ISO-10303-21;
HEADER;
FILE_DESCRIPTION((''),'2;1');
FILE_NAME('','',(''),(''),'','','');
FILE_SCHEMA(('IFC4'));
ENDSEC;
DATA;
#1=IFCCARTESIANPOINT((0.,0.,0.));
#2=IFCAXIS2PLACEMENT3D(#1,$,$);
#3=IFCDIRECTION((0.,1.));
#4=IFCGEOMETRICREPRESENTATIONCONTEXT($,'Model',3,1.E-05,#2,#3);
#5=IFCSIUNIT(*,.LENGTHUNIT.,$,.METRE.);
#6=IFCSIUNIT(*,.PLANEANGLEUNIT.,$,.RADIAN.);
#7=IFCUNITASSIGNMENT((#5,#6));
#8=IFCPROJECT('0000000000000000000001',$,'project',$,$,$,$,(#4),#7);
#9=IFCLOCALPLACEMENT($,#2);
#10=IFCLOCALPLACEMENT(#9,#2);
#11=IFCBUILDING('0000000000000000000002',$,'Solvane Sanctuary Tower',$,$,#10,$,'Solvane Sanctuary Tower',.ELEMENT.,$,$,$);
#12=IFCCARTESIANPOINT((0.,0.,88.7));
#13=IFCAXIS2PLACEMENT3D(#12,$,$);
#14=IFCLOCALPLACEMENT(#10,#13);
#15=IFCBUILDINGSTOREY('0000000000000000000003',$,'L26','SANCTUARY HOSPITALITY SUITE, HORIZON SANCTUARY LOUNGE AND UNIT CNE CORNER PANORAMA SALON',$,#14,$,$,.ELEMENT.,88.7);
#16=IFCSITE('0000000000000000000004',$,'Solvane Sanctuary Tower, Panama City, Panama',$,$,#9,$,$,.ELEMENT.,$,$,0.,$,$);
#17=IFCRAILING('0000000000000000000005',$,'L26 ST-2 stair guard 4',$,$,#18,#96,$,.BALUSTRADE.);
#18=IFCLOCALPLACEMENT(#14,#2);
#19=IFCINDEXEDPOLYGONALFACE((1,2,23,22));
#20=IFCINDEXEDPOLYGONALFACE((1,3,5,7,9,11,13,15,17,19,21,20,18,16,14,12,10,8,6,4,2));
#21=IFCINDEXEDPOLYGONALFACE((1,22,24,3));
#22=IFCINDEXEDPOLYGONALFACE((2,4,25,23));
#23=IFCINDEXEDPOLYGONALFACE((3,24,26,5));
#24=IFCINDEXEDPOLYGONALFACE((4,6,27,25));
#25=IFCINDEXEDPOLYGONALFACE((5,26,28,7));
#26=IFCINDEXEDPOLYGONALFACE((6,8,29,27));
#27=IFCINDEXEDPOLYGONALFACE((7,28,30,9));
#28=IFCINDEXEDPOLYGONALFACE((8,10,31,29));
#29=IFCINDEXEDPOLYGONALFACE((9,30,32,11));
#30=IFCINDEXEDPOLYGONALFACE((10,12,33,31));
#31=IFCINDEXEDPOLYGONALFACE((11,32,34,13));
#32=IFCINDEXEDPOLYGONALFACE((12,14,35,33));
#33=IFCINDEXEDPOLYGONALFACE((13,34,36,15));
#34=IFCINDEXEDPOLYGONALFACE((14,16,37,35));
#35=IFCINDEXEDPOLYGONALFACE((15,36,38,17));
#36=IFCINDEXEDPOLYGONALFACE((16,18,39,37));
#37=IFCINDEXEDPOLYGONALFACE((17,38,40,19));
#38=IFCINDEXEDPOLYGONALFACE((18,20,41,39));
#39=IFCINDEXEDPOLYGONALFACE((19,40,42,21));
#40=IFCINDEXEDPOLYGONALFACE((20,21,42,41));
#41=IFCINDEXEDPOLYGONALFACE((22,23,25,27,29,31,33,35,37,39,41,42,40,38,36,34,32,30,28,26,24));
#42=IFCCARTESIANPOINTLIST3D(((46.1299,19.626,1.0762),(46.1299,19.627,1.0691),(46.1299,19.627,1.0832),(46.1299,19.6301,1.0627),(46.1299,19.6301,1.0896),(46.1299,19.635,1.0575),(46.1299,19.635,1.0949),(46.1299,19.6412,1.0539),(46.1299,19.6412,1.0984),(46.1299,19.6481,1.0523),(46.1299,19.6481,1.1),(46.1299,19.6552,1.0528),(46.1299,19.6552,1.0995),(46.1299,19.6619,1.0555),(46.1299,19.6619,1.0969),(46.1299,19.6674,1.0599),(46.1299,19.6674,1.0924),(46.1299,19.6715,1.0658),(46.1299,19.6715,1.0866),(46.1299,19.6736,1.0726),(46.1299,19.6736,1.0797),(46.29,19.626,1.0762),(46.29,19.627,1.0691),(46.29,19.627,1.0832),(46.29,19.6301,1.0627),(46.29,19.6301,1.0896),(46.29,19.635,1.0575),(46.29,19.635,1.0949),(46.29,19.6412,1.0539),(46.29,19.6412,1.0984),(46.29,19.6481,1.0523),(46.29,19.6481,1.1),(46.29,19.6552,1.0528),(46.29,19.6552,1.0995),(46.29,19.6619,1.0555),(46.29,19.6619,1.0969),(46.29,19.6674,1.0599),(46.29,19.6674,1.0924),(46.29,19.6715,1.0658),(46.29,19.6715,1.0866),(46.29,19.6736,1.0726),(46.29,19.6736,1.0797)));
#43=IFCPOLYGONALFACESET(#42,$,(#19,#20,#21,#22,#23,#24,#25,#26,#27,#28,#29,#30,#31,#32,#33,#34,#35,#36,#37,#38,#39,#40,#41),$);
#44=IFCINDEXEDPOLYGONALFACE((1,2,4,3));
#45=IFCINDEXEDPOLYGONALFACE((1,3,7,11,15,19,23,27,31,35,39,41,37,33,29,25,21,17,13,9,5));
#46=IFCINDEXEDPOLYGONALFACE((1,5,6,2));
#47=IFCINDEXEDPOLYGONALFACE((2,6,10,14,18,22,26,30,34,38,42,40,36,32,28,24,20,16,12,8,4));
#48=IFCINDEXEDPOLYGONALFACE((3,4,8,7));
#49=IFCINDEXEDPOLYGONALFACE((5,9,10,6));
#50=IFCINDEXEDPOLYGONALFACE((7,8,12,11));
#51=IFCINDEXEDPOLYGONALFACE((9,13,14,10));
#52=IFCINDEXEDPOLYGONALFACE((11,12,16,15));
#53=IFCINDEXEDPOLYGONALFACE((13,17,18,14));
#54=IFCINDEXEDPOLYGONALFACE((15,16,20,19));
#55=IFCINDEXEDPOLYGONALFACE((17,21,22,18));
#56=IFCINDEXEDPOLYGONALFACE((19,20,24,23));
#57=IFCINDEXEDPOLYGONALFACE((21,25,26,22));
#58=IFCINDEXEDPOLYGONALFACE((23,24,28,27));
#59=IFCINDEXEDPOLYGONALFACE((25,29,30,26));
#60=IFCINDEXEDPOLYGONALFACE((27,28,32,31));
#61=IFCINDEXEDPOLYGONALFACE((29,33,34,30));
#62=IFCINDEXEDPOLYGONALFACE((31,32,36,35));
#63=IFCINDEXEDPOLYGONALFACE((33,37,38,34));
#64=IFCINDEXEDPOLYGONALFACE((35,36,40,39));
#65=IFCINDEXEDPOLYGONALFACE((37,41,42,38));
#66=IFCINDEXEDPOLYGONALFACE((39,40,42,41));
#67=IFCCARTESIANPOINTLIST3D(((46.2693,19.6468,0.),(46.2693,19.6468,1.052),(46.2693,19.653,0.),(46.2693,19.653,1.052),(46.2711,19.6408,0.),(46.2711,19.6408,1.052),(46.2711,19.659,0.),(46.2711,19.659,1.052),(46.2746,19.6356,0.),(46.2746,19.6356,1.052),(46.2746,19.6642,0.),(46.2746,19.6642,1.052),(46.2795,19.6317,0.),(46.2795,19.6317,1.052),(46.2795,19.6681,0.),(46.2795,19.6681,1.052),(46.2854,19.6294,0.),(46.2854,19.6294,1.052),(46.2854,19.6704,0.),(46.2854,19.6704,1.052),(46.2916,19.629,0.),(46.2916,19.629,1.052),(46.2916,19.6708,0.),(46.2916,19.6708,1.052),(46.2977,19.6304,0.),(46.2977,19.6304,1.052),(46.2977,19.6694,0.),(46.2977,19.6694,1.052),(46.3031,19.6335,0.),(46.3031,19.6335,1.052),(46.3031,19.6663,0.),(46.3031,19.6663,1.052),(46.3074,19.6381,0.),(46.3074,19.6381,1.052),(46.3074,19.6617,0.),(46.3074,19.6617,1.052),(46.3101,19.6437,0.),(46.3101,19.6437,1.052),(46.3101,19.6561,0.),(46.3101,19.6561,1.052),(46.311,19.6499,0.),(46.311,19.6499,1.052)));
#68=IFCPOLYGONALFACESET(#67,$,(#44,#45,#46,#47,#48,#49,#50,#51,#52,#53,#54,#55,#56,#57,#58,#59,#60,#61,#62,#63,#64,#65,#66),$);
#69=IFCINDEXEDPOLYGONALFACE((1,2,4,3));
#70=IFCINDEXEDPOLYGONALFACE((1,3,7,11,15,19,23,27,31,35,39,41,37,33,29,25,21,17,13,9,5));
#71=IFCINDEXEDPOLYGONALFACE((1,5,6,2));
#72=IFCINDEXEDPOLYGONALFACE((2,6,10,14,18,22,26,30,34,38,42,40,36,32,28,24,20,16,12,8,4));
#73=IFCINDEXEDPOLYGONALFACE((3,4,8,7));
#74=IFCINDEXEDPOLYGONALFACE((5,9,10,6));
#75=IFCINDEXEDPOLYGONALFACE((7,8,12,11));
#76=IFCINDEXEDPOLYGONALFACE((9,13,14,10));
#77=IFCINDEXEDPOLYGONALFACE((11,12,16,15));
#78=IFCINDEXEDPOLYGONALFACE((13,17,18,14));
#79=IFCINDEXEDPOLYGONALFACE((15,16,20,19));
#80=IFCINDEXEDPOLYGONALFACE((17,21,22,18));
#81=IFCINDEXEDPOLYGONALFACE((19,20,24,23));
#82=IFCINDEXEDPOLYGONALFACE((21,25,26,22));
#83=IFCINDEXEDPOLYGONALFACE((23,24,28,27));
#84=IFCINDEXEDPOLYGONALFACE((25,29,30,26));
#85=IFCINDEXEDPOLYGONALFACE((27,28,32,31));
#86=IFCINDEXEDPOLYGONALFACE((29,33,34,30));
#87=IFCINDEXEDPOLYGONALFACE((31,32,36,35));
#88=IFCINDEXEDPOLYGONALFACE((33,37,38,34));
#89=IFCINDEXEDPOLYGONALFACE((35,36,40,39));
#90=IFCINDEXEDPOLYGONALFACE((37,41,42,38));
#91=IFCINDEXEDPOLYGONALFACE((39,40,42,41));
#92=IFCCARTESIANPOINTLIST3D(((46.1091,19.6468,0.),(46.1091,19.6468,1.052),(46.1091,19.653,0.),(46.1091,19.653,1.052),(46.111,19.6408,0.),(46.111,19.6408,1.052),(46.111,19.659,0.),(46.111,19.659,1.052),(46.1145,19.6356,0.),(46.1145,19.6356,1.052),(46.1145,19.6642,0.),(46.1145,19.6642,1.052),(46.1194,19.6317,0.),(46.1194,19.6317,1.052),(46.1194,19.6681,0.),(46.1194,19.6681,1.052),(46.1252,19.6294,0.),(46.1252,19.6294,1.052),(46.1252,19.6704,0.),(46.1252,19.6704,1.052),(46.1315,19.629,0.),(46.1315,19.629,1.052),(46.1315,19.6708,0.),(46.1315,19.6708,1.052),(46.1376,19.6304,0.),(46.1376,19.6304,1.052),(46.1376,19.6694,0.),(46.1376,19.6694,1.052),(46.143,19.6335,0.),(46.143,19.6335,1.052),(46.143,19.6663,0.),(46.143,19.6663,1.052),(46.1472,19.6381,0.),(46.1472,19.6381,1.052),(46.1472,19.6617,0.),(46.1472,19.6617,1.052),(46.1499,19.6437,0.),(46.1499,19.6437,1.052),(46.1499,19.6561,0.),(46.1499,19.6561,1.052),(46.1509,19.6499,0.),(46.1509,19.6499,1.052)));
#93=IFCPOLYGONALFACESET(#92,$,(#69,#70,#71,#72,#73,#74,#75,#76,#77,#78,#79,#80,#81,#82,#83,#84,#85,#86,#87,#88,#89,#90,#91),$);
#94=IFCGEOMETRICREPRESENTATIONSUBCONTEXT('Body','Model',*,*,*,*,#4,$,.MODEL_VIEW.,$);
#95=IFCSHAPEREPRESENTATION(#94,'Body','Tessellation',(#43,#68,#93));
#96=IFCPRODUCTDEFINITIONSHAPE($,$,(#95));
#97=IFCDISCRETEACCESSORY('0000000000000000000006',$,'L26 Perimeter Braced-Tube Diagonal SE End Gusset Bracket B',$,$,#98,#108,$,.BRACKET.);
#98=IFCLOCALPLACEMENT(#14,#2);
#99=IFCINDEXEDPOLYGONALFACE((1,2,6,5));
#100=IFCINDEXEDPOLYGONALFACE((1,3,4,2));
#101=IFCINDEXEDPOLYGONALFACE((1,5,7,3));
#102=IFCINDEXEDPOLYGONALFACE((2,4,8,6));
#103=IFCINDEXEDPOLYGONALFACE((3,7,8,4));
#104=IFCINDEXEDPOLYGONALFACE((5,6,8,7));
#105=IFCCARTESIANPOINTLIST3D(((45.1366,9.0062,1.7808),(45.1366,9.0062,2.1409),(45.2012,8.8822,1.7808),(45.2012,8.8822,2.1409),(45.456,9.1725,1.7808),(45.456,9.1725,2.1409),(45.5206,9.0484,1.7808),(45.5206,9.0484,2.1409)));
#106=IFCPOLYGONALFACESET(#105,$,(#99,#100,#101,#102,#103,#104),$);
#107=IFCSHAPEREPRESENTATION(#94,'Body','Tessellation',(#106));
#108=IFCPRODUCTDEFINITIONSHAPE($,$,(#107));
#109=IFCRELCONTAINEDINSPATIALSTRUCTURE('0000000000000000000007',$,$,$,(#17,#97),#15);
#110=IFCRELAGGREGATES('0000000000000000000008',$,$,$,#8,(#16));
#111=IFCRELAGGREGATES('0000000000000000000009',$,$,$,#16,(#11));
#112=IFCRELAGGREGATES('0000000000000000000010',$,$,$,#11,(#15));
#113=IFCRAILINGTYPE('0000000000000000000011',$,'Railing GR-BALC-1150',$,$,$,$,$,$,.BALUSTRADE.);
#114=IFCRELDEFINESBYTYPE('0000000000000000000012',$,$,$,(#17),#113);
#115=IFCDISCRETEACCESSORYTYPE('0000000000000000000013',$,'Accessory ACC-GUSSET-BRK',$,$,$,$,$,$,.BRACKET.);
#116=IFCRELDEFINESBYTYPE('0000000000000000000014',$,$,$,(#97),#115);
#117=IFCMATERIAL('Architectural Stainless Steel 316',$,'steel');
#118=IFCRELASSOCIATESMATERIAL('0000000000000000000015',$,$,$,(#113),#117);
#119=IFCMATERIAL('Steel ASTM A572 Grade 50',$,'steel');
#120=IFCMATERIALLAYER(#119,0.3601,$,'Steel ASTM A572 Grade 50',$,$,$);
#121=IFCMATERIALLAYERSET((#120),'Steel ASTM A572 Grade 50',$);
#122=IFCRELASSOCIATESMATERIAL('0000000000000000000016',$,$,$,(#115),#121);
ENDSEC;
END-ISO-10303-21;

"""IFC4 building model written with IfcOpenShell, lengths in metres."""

from ifc_helpers import new_model, si_unit, direction, frame, origin, origin_2d, place, context, subcontext, project, spatial, rectangle, circle, extrude, material, layer, layer_set, type_object, element, save


model = new_model("IFC4")

# Units and contexts
model_context = context("Model", 3, precision=1e-05, world=origin(), true_north=direction((0.0, 1.0)))
body_context = subcontext(model_context, "Body", "Model", "MODEL_VIEW")
ifc_project = project(units=[si_unit("LENGTHUNIT", "METRE"), si_unit("PLANEANGLEUNIT", "RADIAN")], contexts=[model_context])

# Site, building, storey
site_placement = place(None, origin())
site = spatial("IfcSite", under=ifc_project, at=site_placement, Name="Solvane Sanctuary Tower, Panama City, Panama", CompositionType="ELEMENT", RefElevation=0.0)
building_placement = place(site_placement, origin())
building = spatial("IfcBuilding", under=site, at=building_placement, Name="Solvane Sanctuary Tower", LongName="Solvane Sanctuary Tower", CompositionType="ELEMENT")
storey_placement = place(building_placement, frame((0.0, 0.0, 88.7)))
storey = spatial("IfcBuildingStorey", under=building, at=storey_placement, Name="L26", Description="SANCTUARY HOSPITALITY SUITE, HORIZON SANCTUARY LOUNGE AND UNIT CNE CORNER PANORAMA SALON", CompositionType="ELEMENT", Elevation=88.7)

# Shared definitions
ifc_material_1 = material(Name="Architectural Stainless Steel 316", Category="steel")

# Railing
railing_type = type_object("IfcRailingType", Name="Railing GR-BALC-1150", PredefinedType="BALUSTRADE", material=ifc_material_1)
railing_1_placement = place(storey_placement, frame((46.29, 19.6499, 0.0)))
element("IfcRailing", 1, at=railing_1_placement, inside=storey, type_object=railing_type, Name="L26 ST-2 stair guard 4", PredefinedType="BALUSTRADE", context=body_context, shape_type="SweptSolid", body=[
    extrude(circle(Radius=0.0239, at=origin_2d()), frame((0.0, 0.0, 1.0762), z_axis=(-1.0, 0.0, 0.0), x_axis=(0.0, -1.0, 0.0)), (0.0, 0.0, 1.0), 0.1602),
    extrude(circle(Radius=0.021, at=origin_2d()), origin(), (0.0, 0.0, 1.0), 1.052),
    extrude(circle(Radius=0.021, at=origin_2d()), frame((-0.1602, 0.0, 0.0)), (0.0, 0.0, 1.0), 1.052),
])

# Discrete accessory
ifc_material_2 = material(Name="Steel ASTM A572 Grade 50", Category="steel")
ifc_layer_1 = layer(ifc_material_2, 0.3601, Name="Steel ASTM A572 Grade 50")
ifc_layer_set_1 = layer_set([ifc_layer_1], Name="Steel ASTM A572 Grade 50")
discrete_accessory_type = type_object("IfcDiscreteAccessoryType", Name="Accessory ACC-GUSSET-BRK", PredefinedType="BRACKET", material=ifc_layer_set_1)
discrete_accessory_placement = place(storey_placement, frame((45.3286, 9.0273, 1.7808), z_axis=(0.0, 0.0, 1.0), x_axis=(-0.887011, -0.461749, 0.0)))
element("IfcDiscreteAccessory", 2, at=discrete_accessory_placement, inside=storey, type_object=discrete_accessory_type, Name="L26 Perimeter Braced-Tube Diagonal SE End Gusset Bracket B", PredefinedType="BRACKET", context=body_context, shape_type="SweptSolid", body=[
    extrude(rectangle(XDim=0.3601, YDim=0.1399, at=origin_2d()), origin(), (0.0, 0.0, 1.0), 0.3601),
])

save(model, "model.ifc")
